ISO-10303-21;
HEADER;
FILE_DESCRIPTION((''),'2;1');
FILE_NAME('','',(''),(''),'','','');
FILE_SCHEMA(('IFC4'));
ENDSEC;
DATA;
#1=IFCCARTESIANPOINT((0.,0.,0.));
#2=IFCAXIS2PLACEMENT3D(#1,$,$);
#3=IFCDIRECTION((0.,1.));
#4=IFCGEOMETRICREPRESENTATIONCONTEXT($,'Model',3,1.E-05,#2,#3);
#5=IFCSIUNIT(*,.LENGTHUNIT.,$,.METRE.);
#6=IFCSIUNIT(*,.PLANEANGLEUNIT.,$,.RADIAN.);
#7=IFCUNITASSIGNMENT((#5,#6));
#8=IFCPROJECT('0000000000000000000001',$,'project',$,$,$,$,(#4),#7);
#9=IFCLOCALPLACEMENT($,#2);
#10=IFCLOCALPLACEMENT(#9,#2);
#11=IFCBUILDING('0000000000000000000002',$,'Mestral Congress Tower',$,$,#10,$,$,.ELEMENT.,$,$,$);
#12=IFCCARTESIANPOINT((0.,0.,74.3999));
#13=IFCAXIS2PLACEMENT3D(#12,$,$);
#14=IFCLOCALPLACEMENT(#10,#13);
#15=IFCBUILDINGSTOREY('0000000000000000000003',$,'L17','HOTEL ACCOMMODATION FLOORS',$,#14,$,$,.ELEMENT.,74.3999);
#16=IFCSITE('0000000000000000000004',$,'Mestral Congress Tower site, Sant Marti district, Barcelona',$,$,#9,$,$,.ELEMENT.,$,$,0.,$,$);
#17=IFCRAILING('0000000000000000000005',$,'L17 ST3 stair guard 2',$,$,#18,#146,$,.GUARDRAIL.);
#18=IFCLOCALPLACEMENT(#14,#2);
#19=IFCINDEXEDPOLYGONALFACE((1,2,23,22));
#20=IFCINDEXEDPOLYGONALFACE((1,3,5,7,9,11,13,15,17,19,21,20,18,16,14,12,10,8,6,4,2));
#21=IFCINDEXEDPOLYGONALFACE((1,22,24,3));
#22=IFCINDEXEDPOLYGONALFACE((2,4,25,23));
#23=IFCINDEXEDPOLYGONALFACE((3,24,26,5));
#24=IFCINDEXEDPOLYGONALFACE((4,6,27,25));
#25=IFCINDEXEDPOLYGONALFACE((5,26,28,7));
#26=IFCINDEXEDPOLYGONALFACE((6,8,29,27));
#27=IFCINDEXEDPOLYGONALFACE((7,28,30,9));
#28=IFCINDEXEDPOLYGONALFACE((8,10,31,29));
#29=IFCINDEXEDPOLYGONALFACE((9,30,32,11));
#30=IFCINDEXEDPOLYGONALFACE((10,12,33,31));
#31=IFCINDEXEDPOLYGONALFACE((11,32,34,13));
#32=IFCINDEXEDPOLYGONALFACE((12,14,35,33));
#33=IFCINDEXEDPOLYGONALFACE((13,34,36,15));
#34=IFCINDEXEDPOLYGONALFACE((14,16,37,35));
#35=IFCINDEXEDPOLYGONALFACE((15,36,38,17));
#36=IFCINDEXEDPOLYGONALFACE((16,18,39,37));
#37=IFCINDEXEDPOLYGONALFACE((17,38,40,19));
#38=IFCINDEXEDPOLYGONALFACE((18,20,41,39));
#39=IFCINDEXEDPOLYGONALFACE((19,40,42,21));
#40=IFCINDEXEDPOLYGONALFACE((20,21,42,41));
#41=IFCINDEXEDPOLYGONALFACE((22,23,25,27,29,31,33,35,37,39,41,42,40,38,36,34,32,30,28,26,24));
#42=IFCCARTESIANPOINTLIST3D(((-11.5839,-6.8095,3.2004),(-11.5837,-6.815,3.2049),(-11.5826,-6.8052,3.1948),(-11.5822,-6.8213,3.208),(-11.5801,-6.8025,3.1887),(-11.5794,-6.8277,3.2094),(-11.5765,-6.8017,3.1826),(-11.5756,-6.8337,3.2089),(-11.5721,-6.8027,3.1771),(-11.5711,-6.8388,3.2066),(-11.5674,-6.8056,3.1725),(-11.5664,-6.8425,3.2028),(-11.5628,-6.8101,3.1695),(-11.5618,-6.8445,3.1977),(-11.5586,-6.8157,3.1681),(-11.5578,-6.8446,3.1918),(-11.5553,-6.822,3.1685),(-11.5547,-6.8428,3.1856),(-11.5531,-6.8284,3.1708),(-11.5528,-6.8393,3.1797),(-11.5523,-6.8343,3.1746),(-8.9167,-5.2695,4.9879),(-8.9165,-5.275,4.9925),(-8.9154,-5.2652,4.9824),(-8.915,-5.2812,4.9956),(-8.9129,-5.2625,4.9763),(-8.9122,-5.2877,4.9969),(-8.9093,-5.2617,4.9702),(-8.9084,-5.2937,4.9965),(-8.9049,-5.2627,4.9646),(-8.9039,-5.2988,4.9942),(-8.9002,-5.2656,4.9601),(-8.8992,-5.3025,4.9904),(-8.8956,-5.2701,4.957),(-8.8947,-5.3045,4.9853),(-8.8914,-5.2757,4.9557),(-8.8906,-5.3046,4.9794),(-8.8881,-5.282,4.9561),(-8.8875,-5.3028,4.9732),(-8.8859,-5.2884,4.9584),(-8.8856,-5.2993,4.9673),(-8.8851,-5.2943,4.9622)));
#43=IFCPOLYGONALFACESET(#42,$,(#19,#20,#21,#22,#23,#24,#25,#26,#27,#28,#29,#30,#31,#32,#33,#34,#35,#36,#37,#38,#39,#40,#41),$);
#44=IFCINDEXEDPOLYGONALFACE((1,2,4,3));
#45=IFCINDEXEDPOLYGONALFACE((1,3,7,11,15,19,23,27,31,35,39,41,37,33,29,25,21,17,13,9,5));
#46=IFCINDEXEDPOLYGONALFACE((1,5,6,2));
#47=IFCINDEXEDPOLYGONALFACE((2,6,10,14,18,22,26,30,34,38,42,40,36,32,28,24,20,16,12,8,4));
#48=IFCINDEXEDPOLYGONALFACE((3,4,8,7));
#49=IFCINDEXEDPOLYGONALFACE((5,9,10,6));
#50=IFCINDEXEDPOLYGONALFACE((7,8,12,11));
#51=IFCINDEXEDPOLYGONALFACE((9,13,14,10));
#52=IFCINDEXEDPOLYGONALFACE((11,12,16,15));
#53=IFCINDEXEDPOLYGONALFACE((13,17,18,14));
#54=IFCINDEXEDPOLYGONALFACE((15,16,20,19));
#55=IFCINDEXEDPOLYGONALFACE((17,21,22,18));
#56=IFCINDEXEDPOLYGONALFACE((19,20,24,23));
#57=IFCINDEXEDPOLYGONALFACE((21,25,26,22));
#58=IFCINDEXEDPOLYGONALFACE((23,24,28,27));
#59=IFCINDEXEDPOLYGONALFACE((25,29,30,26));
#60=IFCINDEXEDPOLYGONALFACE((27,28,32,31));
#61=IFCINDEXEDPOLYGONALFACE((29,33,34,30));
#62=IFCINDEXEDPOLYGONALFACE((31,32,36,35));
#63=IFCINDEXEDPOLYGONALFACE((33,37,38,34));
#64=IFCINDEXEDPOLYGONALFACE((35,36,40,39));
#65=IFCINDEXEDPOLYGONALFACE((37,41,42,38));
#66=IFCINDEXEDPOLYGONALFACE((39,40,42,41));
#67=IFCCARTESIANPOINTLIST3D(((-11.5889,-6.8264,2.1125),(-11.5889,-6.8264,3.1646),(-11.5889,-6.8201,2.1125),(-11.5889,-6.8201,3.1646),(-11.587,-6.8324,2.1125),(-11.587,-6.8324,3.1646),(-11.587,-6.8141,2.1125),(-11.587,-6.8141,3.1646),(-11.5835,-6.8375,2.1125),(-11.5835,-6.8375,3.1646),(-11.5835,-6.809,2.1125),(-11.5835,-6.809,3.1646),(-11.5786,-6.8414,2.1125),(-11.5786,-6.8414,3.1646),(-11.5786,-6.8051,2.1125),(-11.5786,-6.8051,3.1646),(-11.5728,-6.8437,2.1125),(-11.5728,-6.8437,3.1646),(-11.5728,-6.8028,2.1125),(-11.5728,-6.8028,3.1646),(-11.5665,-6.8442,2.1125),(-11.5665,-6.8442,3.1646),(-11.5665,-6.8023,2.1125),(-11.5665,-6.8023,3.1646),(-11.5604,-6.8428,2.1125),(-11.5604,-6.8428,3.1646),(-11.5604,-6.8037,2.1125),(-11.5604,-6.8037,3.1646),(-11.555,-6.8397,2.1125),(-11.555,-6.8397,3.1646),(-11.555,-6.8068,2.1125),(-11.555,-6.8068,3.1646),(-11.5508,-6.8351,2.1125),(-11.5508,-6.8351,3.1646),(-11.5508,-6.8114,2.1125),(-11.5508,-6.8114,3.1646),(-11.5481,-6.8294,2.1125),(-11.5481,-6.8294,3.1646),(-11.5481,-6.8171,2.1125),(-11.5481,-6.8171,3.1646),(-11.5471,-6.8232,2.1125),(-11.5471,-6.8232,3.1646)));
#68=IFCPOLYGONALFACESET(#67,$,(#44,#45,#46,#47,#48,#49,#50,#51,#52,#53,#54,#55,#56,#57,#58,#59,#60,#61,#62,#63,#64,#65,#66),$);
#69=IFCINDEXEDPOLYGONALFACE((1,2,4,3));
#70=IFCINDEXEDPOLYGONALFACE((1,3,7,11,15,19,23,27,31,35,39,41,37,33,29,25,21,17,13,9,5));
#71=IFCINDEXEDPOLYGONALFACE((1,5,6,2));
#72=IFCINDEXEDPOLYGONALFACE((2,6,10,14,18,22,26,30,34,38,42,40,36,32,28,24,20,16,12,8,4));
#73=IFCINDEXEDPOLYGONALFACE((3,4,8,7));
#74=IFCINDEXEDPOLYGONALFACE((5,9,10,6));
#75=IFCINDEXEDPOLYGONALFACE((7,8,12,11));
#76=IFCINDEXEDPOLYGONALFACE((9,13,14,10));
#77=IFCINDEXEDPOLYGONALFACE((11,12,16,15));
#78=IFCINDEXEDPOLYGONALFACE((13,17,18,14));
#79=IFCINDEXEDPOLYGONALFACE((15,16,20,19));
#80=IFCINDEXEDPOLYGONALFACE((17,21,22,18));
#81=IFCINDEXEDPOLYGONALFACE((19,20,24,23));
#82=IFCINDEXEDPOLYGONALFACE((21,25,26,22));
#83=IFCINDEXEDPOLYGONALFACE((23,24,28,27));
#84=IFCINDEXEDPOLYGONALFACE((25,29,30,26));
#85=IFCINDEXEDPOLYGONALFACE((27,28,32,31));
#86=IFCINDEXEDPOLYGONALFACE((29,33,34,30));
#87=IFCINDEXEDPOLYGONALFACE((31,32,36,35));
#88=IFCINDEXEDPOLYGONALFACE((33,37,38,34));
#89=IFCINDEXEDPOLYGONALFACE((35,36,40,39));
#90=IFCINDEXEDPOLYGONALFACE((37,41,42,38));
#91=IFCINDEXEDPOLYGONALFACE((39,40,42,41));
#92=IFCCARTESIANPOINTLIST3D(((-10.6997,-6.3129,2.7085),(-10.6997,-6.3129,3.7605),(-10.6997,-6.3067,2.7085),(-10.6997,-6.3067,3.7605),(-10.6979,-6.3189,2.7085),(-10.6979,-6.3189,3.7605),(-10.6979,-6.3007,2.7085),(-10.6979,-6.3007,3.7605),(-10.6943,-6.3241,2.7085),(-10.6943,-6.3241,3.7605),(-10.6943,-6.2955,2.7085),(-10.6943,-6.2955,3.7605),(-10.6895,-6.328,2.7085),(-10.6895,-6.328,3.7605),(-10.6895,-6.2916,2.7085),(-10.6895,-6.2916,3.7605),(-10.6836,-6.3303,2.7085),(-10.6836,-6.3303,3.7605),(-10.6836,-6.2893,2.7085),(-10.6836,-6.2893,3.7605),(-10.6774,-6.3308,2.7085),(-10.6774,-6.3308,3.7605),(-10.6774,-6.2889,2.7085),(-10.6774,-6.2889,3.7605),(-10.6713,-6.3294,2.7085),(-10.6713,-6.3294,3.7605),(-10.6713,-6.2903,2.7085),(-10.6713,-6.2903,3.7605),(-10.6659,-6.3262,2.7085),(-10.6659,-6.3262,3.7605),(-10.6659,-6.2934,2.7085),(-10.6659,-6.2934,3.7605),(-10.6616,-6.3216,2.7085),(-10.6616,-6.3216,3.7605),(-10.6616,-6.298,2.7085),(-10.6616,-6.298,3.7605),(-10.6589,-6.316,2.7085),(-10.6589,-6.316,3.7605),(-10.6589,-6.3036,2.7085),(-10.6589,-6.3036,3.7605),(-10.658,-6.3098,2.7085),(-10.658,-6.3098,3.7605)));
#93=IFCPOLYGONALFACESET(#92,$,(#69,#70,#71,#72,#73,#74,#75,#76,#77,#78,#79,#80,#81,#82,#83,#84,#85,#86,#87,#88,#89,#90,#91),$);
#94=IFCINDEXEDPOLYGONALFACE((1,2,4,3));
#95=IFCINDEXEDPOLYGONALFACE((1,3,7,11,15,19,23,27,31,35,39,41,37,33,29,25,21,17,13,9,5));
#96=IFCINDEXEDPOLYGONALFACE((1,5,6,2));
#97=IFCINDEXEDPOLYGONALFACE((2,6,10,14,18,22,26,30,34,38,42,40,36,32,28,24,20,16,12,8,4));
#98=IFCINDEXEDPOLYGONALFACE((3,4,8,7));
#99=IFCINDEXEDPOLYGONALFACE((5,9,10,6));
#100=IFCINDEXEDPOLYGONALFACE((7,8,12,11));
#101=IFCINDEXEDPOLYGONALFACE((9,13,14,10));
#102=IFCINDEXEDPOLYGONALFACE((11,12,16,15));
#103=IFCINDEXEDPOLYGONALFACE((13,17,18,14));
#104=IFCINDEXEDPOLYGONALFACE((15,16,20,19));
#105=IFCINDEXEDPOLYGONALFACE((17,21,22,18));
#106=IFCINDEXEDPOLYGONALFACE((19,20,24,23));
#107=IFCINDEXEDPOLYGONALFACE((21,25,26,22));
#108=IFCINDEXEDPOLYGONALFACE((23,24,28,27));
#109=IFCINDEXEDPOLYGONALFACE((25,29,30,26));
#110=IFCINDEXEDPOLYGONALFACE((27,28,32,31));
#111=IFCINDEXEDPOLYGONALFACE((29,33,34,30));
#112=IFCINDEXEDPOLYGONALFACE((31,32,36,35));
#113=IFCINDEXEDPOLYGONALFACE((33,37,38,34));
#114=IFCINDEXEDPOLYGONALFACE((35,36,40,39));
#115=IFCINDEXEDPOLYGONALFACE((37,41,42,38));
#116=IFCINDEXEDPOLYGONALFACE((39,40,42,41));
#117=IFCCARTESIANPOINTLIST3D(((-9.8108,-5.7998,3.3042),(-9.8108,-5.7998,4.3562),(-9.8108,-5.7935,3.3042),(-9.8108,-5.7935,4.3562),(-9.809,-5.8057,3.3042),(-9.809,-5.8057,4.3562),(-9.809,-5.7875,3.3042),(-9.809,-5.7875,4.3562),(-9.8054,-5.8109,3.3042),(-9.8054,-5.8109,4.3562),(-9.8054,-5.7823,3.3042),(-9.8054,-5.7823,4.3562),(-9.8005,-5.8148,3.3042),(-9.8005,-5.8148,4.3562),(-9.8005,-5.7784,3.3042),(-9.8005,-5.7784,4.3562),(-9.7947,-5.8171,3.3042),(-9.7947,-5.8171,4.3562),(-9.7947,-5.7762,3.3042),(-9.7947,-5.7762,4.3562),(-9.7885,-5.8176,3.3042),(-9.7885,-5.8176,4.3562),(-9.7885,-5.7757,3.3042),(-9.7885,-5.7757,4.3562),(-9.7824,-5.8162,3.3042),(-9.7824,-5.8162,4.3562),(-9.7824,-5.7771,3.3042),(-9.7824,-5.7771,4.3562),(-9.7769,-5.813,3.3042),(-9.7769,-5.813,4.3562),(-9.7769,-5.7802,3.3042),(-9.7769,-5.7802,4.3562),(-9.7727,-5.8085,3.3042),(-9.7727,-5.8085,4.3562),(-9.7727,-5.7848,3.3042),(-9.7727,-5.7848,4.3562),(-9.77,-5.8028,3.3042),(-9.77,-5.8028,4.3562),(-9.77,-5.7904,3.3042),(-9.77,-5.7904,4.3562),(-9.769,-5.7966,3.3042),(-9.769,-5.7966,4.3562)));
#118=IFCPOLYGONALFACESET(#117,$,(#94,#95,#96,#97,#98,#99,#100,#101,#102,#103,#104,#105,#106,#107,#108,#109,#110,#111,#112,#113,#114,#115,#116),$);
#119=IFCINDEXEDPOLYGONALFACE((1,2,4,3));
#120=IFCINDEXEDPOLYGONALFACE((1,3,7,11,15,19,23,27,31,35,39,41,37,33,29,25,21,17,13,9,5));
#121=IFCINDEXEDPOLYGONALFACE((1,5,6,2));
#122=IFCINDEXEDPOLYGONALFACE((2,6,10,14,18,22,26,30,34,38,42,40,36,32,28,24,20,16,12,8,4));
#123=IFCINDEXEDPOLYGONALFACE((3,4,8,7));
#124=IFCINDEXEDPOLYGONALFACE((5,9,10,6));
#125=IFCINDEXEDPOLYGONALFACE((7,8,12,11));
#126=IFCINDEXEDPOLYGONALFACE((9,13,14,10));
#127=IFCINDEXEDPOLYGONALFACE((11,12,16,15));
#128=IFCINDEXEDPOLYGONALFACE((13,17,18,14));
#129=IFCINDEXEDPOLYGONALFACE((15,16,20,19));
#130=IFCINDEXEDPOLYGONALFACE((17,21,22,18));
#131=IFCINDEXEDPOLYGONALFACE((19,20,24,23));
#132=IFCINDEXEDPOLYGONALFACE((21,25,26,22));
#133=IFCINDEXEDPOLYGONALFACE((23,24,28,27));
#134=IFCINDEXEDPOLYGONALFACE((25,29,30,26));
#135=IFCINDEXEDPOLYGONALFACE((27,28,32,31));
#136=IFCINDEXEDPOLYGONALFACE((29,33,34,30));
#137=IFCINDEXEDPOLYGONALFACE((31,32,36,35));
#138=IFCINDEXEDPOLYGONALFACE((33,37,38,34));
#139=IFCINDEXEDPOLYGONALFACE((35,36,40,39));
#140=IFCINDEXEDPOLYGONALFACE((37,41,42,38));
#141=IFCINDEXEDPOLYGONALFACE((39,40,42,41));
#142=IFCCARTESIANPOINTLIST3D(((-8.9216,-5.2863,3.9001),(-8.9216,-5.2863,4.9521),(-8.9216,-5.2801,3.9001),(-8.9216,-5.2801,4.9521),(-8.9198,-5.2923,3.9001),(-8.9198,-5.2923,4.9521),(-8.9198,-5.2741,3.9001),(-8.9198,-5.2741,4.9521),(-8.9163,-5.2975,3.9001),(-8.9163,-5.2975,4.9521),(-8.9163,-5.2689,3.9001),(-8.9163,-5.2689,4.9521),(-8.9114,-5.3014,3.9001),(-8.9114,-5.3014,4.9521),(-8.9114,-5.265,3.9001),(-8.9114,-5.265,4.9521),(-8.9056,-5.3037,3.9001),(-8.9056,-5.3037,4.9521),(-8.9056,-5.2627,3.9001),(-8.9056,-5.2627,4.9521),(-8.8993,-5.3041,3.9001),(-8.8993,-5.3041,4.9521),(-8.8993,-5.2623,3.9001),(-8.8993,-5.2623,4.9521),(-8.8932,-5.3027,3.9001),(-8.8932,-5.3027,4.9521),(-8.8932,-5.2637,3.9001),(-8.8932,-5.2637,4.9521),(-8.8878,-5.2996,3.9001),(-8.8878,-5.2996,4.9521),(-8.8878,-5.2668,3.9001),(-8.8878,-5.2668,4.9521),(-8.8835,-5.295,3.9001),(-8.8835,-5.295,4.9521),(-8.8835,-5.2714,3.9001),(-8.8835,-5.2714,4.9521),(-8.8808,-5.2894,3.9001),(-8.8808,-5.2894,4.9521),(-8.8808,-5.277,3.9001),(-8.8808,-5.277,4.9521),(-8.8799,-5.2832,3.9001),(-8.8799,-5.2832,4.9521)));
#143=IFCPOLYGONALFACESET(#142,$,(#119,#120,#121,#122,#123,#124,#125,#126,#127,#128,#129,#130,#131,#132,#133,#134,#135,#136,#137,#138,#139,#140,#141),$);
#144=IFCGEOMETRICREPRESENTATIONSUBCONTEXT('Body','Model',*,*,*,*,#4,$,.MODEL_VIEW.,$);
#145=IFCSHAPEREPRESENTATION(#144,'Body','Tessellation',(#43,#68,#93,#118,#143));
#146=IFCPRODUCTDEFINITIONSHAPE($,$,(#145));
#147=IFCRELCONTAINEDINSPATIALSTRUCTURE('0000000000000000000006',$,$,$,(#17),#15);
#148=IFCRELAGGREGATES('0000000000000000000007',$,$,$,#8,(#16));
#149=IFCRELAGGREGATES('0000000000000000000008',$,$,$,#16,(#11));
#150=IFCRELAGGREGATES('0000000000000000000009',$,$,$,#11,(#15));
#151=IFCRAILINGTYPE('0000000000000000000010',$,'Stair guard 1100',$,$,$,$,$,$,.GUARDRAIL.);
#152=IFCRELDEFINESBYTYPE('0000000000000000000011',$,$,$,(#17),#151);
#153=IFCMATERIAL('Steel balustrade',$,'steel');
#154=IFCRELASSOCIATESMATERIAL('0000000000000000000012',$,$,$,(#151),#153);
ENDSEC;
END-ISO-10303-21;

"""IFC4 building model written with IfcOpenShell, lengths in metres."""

from ifc_helpers import new_model, si_unit, direction, frame, origin, origin_2d, place, context, subcontext, project, spatial, circle, extrude, material, type_object, element, save


model = new_model("IFC4")

# Units and contexts
model_context = context("Model", 3, precision=1e-05, world=origin(), true_north=direction((0.0, 1.0)))
body_context = subcontext(model_context, "Body", "Model", "MODEL_VIEW")
ifc_project = project(units=[si_unit("LENGTHUNIT", "METRE"), si_unit("PLANEANGLEUNIT", "RADIAN")], contexts=[model_context])

# Site, building, storey
site_placement = place(None, origin())
site = spatial("IfcSite", under=ifc_project, at=site_placement, Name="Mestral Congress Tower site, Sant Marti district, Barcelona", CompositionType="ELEMENT", RefElevation=0.0)
building_placement = place(site_placement, origin())
building = spatial("IfcBuilding", under=site, at=building_placement, Name="Mestral Congress Tower", CompositionType="ELEMENT")
storey_placement = place(building_placement, frame((0.0, 0.0, 74.3999)))
storey = spatial("IfcBuildingStorey", under=building, at=storey_placement, Name="L17", Description="HOTEL ACCOMMODATION FLOORS", CompositionType="ELEMENT", Elevation=74.3999)

# Railing
ifc_material_1 = material(Name="Steel balustrade", Category="steel")
railing_type_1 = type_object("IfcRailingType", Name="Stair guard 1100", PredefinedType="GUARDRAIL", material=ifc_material_1)
railing_1_placement = place(storey_placement, frame((-11.5681, -6.8232, 2.1125)))
element("IfcRailing", 1, at=railing_1_placement, inside=storey, type_object=railing_type_1, Name="L17 ST3 stair guard 2", PredefinedType="GUARDRAIL", context=body_context, shape_type="SweptSolid", body=[
    extrude(circle(Radius=0.0239, at=origin_2d()), frame((0.0, 0.0, 1.0762), z_axis=(0.748994, 0.432463, 0.50198), x_axis=(-0.500027, 0.86601, 0.0)), (0.0, 0.0, 1.0), 3.561),
    extrude(circle(Radius=0.021, at=origin_2d()), origin(), (0.0, 0.0, 1.0), 1.052),
    extrude(circle(Radius=0.021, at=origin_2d()), frame((0.8892, 0.5134, 0.5959)), (0.0, 0.0, 1.0), 1.052),
    extrude(circle(Radius=0.021, at=origin_2d()), frame((1.7781, 1.0266, 1.1917)), (0.0, 0.0, 1.0), 1.052),
    extrude(circle(Radius=0.021, at=origin_2d()), frame((2.6672, 1.54, 1.7876)), (0.0, 0.0, 1.0), 1.052),
])

save(model, "model.ifc")
